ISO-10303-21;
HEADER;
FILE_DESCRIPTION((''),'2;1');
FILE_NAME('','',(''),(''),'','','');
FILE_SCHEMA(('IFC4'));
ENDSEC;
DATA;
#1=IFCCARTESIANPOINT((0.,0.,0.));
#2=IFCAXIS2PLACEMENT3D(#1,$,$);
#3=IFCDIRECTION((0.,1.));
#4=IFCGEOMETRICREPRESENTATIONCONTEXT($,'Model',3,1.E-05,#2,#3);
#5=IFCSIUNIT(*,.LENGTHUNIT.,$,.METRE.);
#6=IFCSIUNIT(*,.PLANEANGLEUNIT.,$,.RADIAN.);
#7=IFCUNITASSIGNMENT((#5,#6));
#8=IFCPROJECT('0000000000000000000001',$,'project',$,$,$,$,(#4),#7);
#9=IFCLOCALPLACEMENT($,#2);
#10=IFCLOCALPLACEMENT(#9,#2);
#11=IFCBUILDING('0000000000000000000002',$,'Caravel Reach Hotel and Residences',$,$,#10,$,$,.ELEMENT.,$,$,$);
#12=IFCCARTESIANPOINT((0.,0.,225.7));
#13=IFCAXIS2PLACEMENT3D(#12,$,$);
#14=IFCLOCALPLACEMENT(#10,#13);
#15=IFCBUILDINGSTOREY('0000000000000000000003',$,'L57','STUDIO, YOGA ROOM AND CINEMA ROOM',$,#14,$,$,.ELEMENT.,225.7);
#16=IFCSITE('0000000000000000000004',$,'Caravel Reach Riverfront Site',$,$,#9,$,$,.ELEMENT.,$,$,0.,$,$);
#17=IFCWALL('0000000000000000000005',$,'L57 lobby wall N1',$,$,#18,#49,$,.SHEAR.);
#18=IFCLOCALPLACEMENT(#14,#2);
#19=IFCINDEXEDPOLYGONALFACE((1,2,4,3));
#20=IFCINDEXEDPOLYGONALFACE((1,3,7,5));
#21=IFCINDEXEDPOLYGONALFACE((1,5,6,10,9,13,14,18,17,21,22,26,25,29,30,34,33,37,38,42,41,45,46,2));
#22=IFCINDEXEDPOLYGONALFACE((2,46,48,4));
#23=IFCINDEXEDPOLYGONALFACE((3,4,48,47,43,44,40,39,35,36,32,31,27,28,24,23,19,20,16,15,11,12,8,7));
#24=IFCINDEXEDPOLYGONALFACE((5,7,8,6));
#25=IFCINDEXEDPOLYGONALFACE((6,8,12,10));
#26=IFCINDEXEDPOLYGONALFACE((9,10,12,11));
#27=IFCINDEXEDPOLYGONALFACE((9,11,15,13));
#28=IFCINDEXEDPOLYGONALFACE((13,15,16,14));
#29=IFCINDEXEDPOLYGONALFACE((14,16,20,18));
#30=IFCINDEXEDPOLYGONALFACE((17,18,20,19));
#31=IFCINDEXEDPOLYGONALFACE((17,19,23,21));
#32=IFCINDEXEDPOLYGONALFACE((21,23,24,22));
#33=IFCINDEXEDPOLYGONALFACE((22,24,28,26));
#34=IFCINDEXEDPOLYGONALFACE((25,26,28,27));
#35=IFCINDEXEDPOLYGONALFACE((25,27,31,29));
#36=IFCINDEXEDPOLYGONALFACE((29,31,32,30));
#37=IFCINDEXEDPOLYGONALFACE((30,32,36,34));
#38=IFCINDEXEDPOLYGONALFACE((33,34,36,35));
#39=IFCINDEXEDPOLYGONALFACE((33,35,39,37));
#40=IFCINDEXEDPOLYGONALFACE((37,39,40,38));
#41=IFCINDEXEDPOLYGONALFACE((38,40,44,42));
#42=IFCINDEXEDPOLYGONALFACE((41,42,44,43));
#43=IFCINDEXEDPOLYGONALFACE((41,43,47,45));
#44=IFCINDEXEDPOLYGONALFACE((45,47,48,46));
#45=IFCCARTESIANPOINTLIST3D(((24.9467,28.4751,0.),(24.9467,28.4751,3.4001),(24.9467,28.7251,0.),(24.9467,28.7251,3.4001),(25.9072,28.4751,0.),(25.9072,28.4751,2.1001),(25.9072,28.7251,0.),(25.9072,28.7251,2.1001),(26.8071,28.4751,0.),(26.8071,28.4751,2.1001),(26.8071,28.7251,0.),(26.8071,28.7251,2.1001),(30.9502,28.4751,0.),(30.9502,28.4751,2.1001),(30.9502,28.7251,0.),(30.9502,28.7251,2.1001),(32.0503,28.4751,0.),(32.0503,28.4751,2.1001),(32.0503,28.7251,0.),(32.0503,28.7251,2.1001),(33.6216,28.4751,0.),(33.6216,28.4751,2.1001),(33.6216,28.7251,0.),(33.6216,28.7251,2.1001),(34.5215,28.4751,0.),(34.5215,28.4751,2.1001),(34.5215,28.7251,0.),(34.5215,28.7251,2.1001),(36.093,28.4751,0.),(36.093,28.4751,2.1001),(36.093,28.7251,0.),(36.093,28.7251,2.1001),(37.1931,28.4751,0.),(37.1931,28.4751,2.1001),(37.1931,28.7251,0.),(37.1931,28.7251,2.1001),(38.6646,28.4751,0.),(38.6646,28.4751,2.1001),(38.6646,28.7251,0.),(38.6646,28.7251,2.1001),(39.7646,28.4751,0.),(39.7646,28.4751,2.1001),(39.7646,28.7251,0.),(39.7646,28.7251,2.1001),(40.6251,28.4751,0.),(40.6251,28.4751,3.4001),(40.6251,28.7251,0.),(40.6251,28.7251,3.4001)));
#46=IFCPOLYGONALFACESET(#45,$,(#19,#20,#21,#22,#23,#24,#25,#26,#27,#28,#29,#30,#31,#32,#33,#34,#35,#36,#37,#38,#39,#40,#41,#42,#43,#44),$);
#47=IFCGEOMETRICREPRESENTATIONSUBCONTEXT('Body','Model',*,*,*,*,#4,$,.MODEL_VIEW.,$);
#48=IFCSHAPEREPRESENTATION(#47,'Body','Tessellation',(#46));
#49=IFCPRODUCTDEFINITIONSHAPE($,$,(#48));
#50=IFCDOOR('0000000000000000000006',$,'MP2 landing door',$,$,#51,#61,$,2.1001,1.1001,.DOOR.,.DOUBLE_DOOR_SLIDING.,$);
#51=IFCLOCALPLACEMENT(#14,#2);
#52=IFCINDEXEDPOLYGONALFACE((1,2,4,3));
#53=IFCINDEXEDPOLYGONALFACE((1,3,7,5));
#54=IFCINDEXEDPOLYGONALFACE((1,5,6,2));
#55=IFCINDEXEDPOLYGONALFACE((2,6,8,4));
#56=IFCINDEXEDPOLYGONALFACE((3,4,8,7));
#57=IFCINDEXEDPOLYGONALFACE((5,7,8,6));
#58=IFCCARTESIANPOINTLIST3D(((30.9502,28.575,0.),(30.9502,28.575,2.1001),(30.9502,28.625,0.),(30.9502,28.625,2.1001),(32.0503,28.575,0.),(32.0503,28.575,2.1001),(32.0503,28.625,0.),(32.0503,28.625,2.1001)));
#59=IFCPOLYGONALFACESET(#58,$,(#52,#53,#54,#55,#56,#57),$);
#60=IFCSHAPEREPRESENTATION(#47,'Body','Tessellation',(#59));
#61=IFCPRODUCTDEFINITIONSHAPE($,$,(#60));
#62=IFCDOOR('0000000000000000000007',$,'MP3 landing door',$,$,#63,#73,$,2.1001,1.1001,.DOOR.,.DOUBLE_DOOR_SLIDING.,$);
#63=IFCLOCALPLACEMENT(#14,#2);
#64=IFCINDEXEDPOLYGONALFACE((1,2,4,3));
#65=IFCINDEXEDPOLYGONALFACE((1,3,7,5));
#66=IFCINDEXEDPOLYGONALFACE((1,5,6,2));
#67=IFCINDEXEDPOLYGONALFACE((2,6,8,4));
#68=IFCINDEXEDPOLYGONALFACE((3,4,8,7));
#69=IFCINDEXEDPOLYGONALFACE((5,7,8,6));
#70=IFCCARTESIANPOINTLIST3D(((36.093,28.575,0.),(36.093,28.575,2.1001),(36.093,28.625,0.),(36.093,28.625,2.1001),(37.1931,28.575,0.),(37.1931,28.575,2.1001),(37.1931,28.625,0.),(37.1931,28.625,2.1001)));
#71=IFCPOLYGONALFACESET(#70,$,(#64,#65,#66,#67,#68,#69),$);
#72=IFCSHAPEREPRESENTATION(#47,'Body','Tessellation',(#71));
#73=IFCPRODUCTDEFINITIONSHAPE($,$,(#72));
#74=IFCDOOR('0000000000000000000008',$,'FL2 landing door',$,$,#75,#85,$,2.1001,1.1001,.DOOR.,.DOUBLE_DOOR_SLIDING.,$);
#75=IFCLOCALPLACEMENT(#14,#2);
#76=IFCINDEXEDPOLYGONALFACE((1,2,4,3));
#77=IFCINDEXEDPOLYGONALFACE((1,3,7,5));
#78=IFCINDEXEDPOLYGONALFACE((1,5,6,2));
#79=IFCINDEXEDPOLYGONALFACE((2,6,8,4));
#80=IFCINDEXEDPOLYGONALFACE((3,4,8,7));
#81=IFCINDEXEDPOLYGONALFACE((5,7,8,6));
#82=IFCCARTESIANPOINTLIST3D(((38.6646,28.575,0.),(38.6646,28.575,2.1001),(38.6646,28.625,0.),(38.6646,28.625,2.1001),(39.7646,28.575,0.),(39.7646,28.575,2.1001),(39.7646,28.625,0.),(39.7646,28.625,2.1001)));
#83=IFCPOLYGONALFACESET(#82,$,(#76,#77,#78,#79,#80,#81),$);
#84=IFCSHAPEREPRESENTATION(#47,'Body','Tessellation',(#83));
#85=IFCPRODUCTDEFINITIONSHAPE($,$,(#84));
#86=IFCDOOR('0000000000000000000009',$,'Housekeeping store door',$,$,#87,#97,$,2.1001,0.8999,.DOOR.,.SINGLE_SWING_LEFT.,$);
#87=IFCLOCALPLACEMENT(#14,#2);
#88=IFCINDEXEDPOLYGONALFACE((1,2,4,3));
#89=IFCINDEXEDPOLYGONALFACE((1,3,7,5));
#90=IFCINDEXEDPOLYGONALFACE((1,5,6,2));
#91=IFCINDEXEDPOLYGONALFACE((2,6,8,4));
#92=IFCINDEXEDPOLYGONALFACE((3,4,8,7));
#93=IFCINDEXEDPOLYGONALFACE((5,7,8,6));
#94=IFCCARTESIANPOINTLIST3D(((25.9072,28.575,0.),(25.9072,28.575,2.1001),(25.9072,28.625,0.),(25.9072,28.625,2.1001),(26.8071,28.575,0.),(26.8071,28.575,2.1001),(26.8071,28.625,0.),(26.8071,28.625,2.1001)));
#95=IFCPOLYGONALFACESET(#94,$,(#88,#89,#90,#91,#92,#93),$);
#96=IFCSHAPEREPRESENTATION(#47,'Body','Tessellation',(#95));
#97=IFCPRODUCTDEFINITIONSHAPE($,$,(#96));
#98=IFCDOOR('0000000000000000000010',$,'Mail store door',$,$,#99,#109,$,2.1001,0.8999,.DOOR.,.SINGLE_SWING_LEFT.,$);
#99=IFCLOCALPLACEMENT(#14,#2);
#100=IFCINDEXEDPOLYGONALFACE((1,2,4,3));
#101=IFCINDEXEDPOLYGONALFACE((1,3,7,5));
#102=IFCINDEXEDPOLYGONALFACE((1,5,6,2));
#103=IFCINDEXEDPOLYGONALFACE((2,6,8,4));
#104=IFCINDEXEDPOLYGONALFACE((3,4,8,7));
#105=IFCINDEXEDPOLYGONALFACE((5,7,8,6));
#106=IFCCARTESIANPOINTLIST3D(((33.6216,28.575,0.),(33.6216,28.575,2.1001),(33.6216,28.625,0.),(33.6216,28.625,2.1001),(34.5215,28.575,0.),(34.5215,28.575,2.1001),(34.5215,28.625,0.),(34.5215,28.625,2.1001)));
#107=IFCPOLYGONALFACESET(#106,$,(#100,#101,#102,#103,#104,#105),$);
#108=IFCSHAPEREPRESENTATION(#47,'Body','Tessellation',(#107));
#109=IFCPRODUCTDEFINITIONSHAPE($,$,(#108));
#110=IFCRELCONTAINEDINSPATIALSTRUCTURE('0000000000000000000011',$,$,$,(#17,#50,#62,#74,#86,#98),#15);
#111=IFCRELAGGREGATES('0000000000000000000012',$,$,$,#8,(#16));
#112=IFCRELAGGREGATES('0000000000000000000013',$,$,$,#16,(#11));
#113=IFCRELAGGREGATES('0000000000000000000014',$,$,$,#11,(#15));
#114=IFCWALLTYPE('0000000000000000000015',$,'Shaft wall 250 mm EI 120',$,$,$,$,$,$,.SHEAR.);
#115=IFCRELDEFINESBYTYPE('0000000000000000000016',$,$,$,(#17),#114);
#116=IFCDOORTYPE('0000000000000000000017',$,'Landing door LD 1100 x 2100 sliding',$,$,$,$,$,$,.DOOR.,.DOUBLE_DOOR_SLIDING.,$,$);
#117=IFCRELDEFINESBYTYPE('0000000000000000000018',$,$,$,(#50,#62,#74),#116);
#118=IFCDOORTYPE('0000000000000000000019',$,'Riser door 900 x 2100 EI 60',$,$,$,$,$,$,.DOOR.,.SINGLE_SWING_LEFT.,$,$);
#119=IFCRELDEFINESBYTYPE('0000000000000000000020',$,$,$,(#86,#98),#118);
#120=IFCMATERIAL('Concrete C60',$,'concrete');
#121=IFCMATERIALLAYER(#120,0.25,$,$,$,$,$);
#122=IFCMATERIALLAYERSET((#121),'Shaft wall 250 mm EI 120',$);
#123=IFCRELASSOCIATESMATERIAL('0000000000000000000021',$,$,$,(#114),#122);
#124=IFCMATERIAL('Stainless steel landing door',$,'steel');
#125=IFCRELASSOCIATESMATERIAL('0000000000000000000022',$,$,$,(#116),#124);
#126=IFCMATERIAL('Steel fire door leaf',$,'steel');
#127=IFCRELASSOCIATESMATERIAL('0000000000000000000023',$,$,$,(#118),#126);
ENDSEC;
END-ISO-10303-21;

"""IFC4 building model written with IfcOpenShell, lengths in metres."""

from ifc_helpers import new_model, si_unit, direction, frame, frame_2d, origin, place, context, subcontext, project, spatial, rectangle, extrude, material, layer, layer_set, type_object, element, fill, save


model = new_model("IFC4")

# Units and contexts
model_context = context("Model", 3, precision=1e-05, world=origin(), true_north=direction((0.0, 1.0)))
body_context = subcontext(model_context, "Body", "Model", "MODEL_VIEW")
ifc_project = project(units=[si_unit("LENGTHUNIT", "METRE"), si_unit("PLANEANGLEUNIT", "RADIAN")], contexts=[model_context])

# Site, building, storey
site_placement = place(None, origin())
site = spatial("IfcSite", under=ifc_project, at=site_placement, Name="Caravel Reach Riverfront Site", CompositionType="ELEMENT", RefElevation=0.0)
building_placement = place(site_placement, origin())
building = spatial("IfcBuilding", under=site, at=building_placement, Name="Caravel Reach Hotel and Residences", CompositionType="ELEMENT")
storey_placement = place(building_placement, frame((0.0, 0.0, 225.7)))
storey = spatial("IfcBuildingStorey", under=building, at=storey_placement, Name="L57", Description="STUDIO, YOGA ROOM AND CINEMA ROOM", CompositionType="ELEMENT", Elevation=225.7)

# Wall, openings, doors
ifc_material_1 = material(Name="Concrete C60", Category="concrete")
ifc_layer_1 = layer(ifc_material_1, 0.25)
ifc_layer_set_1 = layer_set([ifc_layer_1], Name="Shaft wall 250 mm EI 120")
wall_type_1 = type_object("IfcWallType", Name="Shaft wall 250 mm EI 120", PredefinedType="SHEAR", material=ifc_layer_set_1)
ifc_material_2 = material(Name="Stainless steel landing door", Category="steel")
door_type_1 = type_object("IfcDoorType", Name="Landing door LD 1100 x 2100 sliding", OperationType="DOUBLE_DOOR_SLIDING", PredefinedType="DOOR", material=ifc_material_2)
ifc_material_3 = material(Name="Steel fire door leaf", Category="steel")
door_type_2 = type_object("IfcDoorType", Name="Riser door 900 x 2100 EI 60", OperationType="SINGLE_SWING_LEFT", PredefinedType="DOOR", material=ifc_material_3)
wall_1_placement = place(storey_placement, frame((24.9465, 28.6001, 0.0), z_axis=(0.0, 0.0, 1.0), x_axis=(1.0, 0.0, 0.0)))
wall_1 = element("IfcWall", 1, at=wall_1_placement, inside=storey, type_object=wall_type_1, Name="L57 lobby wall N1", PredefinedType="SHEAR", context=body_context, shape_type="SweptSolid", body=[
    extrude(rectangle(XDim=15.6785, YDim=0.25, at=frame_2d((7.8394, 0.0))), origin(), (0.0, 0.0, 1.0), 3.4001),
])
opening_1_placement = place(wall_1_placement, frame((6.0037, 0.0, 0.0)))
opening_1 = element("IfcOpeningElement", 2, at=opening_1_placement, cuts=wall_1, PredefinedType="OPENING", context=body_context, shape_type="SweptSolid", body=[
    extrude(rectangle(XDim=1.1001, YDim=2.1001, at=frame_2d((0.55, 1.05))), frame((0.0, 0.135, 0.0), z_axis=(0.0, -1.0, 0.0), x_axis=(1.0, 0.0, 0.0)), (0.0, 0.0, 1.0), 0.27),
])
opening_2_placement = place(wall_1_placement, frame((11.1465, 0.0, 0.0)))
opening_2 = element("IfcOpeningElement", 3, at=opening_2_placement, cuts=wall_1, PredefinedType="OPENING", context=body_context, shape_type="SweptSolid", body=[
    extrude(rectangle(XDim=1.1001, YDim=2.1001, at=frame_2d((0.55, 1.05))), frame((0.0, 0.135, 0.0), z_axis=(0.0, -1.0, 0.0), x_axis=(1.0, 0.0, 0.0)), (0.0, 0.0, 1.0), 0.27),
])
opening_3_placement = place(wall_1_placement, frame((13.718, 0.0, 0.0)))
opening_3 = element("IfcOpeningElement", 4, at=opening_3_placement, cuts=wall_1, PredefinedType="OPENING", context=body_context, shape_type="SweptSolid", body=[
    extrude(rectangle(XDim=1.1001, YDim=2.1001, at=frame_2d((0.55, 1.05))), frame((0.0, 0.135, 0.0), z_axis=(0.0, -1.0, 0.0), x_axis=(1.0, 0.0, 0.0)), (0.0, 0.0, 1.0), 0.27),
])
opening_4_placement = place(wall_1_placement, frame((0.9607, 0.0, 0.0)))
opening_4 = element("IfcOpeningElement", 5, at=opening_4_placement, cuts=wall_1, PredefinedType="OPENING", context=body_context, shape_type="SweptSolid", body=[
    extrude(rectangle(XDim=0.8999, YDim=2.1001, at=frame_2d((0.45, 1.05))), frame((0.0, 0.135, 0.0), z_axis=(0.0, -1.0, 0.0), x_axis=(1.0, 0.0, 0.0)), (0.0, 0.0, 1.0), 0.27),
])
opening_5_placement = place(wall_1_placement, frame((8.675, 0.0, 0.0)))
opening_5 = element("IfcOpeningElement", 6, at=opening_5_placement, cuts=wall_1, PredefinedType="OPENING", context=body_context, shape_type="SweptSolid", body=[
    extrude(rectangle(XDim=0.8999, YDim=2.1001, at=frame_2d((0.45, 1.05))), frame((0.0, 0.135, 0.0), z_axis=(0.0, -1.0, 0.0), x_axis=(1.0, 0.0, 0.0)), (0.0, 0.0, 1.0), 0.27),
])
door_1_placement = place(opening_1_placement, origin())
door_1 = element("IfcDoor", 7, at=door_1_placement, inside=storey, type_object=door_type_1, Name="MP2 landing door", OperationType="DOUBLE_DOOR_SLIDING", OverallHeight=2.1001, OverallWidth=1.1001, PredefinedType="DOOR", context=body_context, shape_type="SweptSolid", body=[
    extrude(rectangle(XDim=1.1001, YDim=2.1001, at=frame_2d((0.55, 1.05))), frame((0.0, 0.0249, 0.0), z_axis=(0.0, -1.0, 0.0), x_axis=(1.0, 0.0, 0.0)), (0.0, 0.0, 1.0), 0.05),
])
fill(opening_1, door_1)
door_2_placement = place(opening_2_placement, origin())
door_2 = element("IfcDoor", 8, at=door_2_placement, inside=storey, type_object=door_type_1, Name="MP3 landing door", OperationType="DOUBLE_DOOR_SLIDING", OverallHeight=2.1001, OverallWidth=1.1001, PredefinedType="DOOR", context=body_context, shape_type="SweptSolid", body=[
    extrude(rectangle(XDim=1.1001, YDim=2.1001, at=frame_2d((0.55, 1.05))), frame((0.0, 0.0249, 0.0), z_axis=(0.0, -1.0, 0.0), x_axis=(1.0, 0.0, 0.0)), (0.0, 0.0, 1.0), 0.05),
])
fill(opening_2, door_2)
door_3_placement = place(opening_3_placement, origin())
door_3 = element("IfcDoor", 9, at=door_3_placement, inside=storey, type_object=door_type_1, Name="FL2 landing door", OperationType="DOUBLE_DOOR_SLIDING", OverallHeight=2.1001, OverallWidth=1.1001, PredefinedType="DOOR", context=body_context, shape_type="SweptSolid", body=[
    extrude(rectangle(XDim=1.1001, YDim=2.1001, at=frame_2d((0.55, 1.05))), frame((0.0, 0.0249, 0.0), z_axis=(0.0, -1.0, 0.0), x_axis=(1.0, 0.0, 0.0)), (0.0, 0.0, 1.0), 0.05),
])
fill(opening_3, door_3)
door_4_placement = place(opening_4_placement, origin())
door_4 = element("IfcDoor", 10, at=door_4_placement, inside=storey, type_object=door_type_2, Name="Housekeeping store door", OperationType="SINGLE_SWING_LEFT", OverallHeight=2.1001, OverallWidth=0.8999, PredefinedType="DOOR", context=body_context, shape_type="SweptSolid", body=[
    extrude(rectangle(XDim=0.8999, YDim=2.1001, at=frame_2d((0.45, 1.05))), frame((0.0, 0.0249, 0.0), z_axis=(0.0, -1.0, 0.0), x_axis=(1.0, 0.0, 0.0)), (0.0, 0.0, 1.0), 0.05),
])
fill(opening_4, door_4)
door_5_placement = place(opening_5_placement, origin())
door_5 = element("IfcDoor", 11, at=door_5_placement, inside=storey, type_object=door_type_2, Name="Mail store door", OperationType="SINGLE_SWING_LEFT", OverallHeight=2.1001, OverallWidth=0.8999, PredefinedType="DOOR", context=body_context, shape_type="SweptSolid", body=[
    extrude(rectangle(XDim=0.8999, YDim=2.1001, at=frame_2d((0.45, 1.05))), frame((0.0, 0.0249, 0.0), z_axis=(0.0, -1.0, 0.0), x_axis=(1.0, 0.0, 0.0)), (0.0, 0.0, 1.0), 0.05),
])
fill(opening_5, door_5)

save(model, "model.ifc")
